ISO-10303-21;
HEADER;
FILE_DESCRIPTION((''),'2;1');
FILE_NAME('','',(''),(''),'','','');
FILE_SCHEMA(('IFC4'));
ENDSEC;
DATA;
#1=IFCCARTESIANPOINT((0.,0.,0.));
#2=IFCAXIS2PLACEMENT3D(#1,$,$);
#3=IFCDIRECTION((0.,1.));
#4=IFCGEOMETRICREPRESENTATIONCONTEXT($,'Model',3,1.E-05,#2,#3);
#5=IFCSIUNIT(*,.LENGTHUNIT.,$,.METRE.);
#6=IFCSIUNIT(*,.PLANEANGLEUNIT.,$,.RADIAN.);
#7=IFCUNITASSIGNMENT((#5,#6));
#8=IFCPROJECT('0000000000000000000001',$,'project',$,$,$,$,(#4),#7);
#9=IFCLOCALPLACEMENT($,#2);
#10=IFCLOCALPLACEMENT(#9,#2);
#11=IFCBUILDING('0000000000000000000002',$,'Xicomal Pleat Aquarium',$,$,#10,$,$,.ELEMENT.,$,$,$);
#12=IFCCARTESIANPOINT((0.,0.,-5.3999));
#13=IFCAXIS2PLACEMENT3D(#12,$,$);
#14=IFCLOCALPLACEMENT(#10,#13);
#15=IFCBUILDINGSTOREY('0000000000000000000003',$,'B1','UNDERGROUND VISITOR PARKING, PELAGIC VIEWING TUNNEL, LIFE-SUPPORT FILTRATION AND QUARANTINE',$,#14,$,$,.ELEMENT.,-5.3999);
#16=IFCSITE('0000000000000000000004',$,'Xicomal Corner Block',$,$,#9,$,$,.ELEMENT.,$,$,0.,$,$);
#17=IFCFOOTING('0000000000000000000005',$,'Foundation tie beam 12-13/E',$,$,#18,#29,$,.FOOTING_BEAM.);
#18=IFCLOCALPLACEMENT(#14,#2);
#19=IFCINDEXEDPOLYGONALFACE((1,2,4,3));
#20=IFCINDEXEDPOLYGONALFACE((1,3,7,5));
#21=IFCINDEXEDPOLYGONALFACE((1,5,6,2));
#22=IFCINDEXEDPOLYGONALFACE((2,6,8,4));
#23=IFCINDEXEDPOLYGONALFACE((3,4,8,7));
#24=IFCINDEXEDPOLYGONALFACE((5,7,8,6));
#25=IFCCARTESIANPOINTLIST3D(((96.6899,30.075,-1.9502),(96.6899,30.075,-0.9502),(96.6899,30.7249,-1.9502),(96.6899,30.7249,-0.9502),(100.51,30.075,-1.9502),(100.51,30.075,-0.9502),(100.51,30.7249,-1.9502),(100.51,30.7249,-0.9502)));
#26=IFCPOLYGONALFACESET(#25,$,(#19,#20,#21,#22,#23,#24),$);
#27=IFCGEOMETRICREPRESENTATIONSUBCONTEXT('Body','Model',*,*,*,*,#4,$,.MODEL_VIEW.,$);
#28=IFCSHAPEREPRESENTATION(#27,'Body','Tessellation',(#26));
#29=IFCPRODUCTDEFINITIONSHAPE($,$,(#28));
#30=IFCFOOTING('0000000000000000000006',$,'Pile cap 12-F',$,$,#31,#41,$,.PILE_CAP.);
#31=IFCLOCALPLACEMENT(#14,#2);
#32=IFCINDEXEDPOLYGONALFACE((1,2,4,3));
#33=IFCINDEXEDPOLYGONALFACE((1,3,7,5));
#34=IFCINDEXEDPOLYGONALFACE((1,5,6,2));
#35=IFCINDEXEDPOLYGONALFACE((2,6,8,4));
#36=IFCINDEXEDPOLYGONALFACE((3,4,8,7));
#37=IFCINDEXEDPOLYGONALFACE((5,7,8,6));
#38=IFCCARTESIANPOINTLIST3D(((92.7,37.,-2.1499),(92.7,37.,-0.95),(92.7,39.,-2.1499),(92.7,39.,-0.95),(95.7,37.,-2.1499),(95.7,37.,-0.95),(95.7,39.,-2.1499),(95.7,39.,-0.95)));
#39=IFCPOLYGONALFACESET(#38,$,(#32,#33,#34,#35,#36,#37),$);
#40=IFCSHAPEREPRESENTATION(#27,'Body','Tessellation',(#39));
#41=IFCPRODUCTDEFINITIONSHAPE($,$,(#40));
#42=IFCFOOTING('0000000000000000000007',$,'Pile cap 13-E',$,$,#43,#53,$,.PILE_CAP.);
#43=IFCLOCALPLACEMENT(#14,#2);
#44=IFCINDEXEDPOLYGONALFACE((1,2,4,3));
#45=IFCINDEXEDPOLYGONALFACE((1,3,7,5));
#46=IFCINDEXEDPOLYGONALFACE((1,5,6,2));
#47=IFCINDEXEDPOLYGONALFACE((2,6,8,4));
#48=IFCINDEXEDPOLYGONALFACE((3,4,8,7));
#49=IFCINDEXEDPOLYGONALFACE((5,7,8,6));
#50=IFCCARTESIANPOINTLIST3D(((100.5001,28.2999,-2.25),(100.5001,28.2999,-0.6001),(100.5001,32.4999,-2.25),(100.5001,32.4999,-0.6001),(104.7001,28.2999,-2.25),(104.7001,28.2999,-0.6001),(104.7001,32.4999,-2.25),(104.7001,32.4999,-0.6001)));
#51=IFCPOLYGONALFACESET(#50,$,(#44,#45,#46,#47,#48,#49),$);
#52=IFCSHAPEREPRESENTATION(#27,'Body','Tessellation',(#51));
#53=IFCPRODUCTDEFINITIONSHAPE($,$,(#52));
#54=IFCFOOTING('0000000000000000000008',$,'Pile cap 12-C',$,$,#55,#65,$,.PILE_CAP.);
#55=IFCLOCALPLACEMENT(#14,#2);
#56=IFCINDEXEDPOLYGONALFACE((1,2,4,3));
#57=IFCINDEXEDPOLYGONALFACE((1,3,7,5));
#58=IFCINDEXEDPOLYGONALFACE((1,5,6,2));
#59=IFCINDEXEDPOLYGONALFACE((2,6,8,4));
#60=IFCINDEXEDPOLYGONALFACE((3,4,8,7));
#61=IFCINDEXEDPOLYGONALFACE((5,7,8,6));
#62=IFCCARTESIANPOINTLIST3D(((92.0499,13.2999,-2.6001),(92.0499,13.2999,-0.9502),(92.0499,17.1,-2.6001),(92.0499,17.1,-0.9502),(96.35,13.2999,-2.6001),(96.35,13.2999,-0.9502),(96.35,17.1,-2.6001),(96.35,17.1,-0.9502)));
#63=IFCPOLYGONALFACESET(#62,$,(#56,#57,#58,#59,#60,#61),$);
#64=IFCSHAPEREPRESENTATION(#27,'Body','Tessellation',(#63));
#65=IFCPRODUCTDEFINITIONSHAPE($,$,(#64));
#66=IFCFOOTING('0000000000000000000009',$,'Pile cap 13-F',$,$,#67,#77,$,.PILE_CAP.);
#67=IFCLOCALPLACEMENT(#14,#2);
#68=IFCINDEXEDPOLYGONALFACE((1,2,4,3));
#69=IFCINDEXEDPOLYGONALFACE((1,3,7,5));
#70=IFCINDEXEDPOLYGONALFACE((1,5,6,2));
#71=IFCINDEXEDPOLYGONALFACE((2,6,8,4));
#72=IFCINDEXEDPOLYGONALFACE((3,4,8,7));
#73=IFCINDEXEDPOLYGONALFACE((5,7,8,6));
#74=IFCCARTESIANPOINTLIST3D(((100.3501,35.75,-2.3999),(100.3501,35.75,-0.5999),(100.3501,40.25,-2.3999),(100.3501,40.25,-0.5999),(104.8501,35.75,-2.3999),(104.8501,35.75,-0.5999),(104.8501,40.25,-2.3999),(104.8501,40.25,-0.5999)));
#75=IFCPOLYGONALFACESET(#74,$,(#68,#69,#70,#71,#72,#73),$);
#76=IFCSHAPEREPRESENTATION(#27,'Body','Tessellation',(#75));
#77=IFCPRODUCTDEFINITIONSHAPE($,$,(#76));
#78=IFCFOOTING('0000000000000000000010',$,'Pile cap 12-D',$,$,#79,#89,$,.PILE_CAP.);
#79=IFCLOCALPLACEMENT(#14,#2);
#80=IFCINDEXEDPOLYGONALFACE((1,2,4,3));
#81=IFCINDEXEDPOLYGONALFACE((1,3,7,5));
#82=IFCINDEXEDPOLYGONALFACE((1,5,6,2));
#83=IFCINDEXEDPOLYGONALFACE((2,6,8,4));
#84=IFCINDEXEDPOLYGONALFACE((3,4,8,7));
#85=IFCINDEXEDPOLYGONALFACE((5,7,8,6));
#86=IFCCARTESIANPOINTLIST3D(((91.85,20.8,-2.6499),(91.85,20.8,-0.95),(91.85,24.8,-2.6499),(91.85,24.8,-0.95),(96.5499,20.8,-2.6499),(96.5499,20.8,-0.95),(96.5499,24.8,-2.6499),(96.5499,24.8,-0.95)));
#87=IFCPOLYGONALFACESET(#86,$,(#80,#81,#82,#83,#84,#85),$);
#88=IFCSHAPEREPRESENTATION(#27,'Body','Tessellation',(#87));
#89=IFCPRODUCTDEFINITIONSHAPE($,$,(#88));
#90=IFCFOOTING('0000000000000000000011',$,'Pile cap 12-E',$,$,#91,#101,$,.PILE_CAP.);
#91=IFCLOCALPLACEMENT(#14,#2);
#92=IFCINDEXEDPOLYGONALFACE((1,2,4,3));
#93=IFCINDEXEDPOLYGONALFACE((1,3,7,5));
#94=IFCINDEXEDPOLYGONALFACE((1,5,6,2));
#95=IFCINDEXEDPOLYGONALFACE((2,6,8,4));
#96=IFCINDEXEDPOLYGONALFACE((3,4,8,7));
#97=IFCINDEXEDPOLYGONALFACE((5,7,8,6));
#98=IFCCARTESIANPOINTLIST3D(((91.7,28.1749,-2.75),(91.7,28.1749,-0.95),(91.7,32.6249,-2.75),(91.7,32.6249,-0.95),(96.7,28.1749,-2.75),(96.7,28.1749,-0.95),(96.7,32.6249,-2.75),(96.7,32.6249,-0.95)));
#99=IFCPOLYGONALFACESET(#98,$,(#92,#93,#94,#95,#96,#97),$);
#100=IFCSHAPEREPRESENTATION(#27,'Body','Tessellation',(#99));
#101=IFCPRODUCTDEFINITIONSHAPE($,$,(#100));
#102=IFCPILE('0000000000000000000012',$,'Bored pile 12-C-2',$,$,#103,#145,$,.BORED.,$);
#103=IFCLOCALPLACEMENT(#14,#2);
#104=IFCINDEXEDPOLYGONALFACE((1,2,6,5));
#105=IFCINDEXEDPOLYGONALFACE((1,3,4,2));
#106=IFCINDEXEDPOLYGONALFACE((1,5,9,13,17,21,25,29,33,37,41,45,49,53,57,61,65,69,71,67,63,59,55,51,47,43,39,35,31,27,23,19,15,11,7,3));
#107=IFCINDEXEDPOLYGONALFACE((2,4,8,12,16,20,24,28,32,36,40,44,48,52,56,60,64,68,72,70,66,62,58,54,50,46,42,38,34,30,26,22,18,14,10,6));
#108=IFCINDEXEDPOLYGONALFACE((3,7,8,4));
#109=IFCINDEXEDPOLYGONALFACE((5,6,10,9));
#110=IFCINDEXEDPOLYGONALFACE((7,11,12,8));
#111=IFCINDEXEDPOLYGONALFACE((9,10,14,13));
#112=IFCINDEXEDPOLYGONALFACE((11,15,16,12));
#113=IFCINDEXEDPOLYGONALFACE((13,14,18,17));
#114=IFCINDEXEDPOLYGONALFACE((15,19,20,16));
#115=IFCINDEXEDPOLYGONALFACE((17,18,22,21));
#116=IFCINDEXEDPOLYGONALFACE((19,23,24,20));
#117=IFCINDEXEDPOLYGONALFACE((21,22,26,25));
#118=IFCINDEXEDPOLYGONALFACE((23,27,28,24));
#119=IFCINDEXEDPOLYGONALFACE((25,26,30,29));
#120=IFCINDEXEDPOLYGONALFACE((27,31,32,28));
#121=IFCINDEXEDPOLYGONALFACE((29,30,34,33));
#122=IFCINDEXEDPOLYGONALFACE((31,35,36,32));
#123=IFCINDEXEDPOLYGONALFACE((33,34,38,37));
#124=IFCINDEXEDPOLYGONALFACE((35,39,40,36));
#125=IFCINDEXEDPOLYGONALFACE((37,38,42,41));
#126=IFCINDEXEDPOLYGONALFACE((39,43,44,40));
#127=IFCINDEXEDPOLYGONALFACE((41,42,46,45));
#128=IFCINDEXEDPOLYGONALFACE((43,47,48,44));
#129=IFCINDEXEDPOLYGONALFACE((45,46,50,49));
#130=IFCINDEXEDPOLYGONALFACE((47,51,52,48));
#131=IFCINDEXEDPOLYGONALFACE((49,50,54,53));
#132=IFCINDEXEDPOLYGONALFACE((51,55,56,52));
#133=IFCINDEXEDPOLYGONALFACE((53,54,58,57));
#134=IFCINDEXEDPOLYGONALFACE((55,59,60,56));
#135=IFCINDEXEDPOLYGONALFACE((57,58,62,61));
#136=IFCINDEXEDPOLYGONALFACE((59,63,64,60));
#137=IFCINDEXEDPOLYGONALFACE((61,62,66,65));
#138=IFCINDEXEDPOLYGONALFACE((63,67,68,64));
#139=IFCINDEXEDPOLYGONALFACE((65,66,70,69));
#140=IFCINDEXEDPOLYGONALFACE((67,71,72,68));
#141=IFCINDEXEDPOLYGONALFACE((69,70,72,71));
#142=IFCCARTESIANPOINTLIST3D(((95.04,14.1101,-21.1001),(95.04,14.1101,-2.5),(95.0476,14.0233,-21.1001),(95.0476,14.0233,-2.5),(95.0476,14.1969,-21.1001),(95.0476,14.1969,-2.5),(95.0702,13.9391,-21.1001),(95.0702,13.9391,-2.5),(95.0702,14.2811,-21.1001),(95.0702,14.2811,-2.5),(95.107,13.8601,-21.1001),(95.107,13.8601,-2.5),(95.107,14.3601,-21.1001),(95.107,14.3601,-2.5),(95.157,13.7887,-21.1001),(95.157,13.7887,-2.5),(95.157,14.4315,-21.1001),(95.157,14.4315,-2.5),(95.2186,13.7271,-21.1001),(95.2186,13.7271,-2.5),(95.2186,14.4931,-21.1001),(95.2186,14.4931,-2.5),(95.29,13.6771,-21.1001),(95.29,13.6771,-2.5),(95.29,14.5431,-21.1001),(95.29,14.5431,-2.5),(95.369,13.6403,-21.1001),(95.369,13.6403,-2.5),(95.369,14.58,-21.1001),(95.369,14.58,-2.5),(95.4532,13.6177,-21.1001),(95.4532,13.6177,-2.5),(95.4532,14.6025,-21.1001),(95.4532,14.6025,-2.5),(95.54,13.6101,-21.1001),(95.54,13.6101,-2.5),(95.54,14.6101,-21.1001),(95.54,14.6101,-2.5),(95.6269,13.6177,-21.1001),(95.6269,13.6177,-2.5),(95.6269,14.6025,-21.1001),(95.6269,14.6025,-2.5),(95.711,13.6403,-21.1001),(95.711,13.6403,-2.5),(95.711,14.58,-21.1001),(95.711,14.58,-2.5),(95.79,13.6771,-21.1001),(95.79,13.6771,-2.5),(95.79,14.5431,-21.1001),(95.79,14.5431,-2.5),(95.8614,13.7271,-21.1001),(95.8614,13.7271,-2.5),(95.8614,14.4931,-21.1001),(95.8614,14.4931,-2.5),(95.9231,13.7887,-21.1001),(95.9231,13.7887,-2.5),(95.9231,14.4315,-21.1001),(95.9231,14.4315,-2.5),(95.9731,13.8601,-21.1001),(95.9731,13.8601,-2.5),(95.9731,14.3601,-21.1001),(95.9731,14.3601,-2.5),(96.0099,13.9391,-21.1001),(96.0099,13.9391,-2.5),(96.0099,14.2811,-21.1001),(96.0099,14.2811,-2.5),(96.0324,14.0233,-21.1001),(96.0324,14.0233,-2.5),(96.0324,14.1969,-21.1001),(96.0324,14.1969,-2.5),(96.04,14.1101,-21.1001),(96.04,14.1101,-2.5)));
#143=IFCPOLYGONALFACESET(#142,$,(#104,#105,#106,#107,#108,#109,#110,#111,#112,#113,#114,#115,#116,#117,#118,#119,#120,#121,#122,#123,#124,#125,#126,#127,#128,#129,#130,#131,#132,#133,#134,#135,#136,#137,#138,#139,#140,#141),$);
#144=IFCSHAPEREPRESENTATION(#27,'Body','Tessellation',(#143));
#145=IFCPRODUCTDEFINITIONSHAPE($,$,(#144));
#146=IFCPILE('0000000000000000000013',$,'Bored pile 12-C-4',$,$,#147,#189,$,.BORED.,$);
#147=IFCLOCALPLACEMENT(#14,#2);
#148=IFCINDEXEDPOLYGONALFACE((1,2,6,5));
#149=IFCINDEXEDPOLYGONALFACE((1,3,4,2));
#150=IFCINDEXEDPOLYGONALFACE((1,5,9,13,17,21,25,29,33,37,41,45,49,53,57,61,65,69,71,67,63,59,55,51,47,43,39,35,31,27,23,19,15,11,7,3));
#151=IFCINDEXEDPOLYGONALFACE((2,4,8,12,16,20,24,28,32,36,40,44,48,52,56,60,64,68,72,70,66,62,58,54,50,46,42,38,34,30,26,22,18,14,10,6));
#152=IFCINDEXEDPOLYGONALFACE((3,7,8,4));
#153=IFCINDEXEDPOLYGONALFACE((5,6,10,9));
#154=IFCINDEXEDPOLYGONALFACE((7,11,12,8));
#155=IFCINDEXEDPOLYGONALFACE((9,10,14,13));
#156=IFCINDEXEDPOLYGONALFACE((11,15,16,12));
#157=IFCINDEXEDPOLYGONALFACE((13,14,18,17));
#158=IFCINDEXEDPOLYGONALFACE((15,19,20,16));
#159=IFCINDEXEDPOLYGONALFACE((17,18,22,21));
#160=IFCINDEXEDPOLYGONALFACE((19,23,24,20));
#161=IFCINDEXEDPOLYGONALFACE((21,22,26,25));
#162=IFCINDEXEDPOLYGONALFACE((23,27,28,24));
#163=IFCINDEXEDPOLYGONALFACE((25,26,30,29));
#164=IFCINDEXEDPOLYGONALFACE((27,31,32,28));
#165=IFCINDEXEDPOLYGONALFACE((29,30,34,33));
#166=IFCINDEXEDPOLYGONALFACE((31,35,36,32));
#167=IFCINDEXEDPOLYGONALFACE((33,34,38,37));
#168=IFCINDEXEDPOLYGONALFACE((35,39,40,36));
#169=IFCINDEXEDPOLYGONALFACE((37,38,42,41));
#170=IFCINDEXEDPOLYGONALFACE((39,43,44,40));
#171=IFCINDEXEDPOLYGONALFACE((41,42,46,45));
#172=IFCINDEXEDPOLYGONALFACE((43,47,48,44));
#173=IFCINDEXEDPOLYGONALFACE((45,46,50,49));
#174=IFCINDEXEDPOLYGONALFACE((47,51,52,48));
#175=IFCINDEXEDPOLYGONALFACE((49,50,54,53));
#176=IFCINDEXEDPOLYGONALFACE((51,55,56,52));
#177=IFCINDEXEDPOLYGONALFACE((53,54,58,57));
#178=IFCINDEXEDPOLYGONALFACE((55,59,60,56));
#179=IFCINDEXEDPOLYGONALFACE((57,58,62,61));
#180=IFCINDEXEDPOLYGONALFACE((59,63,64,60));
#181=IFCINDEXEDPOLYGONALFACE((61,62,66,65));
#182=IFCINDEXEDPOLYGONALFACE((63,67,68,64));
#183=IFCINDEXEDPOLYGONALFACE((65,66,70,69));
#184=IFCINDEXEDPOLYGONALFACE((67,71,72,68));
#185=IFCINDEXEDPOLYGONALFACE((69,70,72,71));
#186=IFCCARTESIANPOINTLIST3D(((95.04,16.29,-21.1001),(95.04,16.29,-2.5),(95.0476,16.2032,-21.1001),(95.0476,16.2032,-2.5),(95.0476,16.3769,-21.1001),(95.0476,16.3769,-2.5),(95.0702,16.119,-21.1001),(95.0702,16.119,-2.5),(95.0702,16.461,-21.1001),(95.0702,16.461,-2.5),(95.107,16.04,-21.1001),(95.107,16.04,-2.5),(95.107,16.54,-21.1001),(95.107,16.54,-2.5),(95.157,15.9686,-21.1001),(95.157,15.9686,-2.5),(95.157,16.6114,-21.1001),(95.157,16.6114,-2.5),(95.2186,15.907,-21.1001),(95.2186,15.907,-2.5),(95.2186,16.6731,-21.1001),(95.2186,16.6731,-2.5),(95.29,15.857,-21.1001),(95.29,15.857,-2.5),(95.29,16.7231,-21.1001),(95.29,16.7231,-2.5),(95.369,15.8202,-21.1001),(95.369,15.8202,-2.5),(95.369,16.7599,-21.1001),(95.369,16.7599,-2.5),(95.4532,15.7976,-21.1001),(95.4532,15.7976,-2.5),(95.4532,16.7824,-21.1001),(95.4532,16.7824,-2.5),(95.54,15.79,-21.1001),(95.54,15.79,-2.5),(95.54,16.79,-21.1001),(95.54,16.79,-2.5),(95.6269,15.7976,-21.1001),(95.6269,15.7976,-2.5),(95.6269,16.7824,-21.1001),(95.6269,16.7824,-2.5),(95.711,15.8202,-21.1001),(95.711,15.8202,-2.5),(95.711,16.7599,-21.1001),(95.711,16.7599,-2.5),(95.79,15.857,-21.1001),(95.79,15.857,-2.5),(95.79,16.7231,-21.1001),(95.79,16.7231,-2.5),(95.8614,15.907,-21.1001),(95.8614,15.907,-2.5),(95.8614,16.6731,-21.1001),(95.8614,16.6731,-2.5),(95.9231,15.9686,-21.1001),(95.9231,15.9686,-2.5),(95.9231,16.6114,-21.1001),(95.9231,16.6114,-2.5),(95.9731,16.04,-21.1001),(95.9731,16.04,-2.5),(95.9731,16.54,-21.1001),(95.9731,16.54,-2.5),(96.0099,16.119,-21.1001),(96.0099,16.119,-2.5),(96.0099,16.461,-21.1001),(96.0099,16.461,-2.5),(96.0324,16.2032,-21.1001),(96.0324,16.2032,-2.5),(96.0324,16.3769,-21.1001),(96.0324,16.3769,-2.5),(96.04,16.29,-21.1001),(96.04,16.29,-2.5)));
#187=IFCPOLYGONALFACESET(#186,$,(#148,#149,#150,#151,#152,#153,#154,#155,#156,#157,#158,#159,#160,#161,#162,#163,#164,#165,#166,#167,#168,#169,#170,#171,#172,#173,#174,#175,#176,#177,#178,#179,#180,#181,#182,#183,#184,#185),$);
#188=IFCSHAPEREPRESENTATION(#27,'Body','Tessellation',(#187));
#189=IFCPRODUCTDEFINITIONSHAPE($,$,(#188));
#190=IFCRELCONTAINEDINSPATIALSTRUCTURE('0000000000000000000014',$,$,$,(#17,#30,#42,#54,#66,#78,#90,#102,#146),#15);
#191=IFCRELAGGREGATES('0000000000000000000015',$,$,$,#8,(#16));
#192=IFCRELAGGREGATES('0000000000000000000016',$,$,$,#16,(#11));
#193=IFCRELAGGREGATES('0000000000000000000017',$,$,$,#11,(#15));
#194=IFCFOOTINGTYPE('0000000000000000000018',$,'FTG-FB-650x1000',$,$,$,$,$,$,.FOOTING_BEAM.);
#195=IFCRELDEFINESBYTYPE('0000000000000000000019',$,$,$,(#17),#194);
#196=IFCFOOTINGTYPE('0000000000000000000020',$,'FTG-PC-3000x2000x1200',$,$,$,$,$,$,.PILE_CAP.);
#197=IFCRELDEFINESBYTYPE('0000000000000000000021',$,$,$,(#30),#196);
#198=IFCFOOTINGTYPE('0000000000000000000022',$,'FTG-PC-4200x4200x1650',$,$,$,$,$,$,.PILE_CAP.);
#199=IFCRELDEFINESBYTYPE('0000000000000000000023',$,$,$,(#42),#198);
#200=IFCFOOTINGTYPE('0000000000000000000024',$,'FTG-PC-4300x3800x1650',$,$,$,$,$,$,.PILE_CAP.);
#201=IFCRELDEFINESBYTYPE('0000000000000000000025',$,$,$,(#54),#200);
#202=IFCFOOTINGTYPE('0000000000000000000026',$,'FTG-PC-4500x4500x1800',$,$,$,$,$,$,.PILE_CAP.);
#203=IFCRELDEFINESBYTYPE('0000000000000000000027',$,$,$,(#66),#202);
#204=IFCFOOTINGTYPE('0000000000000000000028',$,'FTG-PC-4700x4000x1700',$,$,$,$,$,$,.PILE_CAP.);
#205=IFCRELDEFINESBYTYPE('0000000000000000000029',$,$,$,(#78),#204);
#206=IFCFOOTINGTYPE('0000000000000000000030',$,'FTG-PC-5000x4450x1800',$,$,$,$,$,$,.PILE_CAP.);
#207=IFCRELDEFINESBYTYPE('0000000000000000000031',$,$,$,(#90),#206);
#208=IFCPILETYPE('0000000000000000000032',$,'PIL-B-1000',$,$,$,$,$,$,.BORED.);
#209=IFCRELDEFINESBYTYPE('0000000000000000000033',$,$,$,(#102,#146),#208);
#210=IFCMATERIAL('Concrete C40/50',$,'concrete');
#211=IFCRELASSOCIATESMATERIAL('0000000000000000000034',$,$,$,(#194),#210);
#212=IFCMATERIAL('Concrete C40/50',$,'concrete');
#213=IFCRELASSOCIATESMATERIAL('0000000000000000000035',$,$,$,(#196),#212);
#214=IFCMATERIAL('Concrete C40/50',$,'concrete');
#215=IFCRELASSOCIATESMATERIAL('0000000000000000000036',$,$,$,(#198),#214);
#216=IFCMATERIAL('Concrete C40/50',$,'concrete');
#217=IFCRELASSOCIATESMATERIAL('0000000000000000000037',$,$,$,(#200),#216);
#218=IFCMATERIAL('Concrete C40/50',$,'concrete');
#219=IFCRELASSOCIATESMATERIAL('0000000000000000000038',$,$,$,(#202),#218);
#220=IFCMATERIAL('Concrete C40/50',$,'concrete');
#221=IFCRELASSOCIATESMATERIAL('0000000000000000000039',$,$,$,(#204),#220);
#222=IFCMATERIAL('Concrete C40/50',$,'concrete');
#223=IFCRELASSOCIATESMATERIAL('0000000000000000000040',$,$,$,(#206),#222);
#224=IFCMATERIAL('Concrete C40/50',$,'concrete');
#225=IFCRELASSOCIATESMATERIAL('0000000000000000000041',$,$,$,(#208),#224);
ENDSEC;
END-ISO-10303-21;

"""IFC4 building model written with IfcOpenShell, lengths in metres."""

from ifc_helpers import new_model, si_unit, direction, frame, origin, origin_2d, place, context, subcontext, project, spatial, rectangle, circle, extrude, material, material_profile, profile_set, type_object, element, save


model = new_model("IFC4")

# Units and contexts
model_context = context("Model", 3, precision=1e-05, world=origin(), true_north=direction((0.0, 1.0)))
body_context = subcontext(model_context, "Body", "Model", "MODEL_VIEW")
ifc_project = project(units=[si_unit("LENGTHUNIT", "METRE"), si_unit("PLANEANGLEUNIT", "RADIAN")], contexts=[model_context])

# Site, building, storey
site_placement = place(None, origin())
site = spatial("IfcSite", under=ifc_project, at=site_placement, Name="Xicomal Corner Block", CompositionType="ELEMENT", RefElevation=0.0)
building_placement = place(site_placement, origin())
building = spatial("IfcBuilding", under=site, at=building_placement, Name="Xicomal Pleat Aquarium", CompositionType="ELEMENT")
storey_placement = place(building_placement, frame((0.0, 0.0, -5.3999)))
storey = spatial("IfcBuildingStorey", under=building, at=storey_placement, Name="B1", Description="UNDERGROUND VISITOR PARKING, PELAGIC VIEWING TUNNEL, LIFE-SUPPORT FILTRATION AND QUARANTINE", CompositionType="ELEMENT", Elevation=-5.3999)

# Footings
ifc_material_1 = material(Name="Concrete C40/50", Category="concrete")
ifc_material_profile_1 = material_profile(ifc_material_1, rectangle(XDim=0.6499, YDim=1.0, at=origin_2d()), Name="FB-03 650x1000")
ifc_profile_set_1 = profile_set([ifc_material_profile_1], Name="Concrete C40/50")
footing_type_1 = type_object("IfcFootingType", Name="FTG-FB-650x1000", PredefinedType="FOOTING_BEAM", material=ifc_profile_set_1)
footing_1_placement = place(storey_placement, frame((96.6899, 30.3999, -1.4502), z_axis=(1.0, 0.0, 0.0), x_axis=(0.0, 1.0, 0.0)))
element("IfcFooting", 1, at=footing_1_placement, inside=storey, type_object=footing_type_1, Name="Foundation tie beam 12-13/E", PredefinedType="FOOTING_BEAM", context=body_context, shape_type="SweptSolid", body=[
    extrude(rectangle(XDim=0.6499, YDim=1.0, at=origin_2d()), origin(), (0.0, 0.0, 1.0), 3.8201),
])
ifc_material_2 = material(Name="Concrete C40/50", Category="concrete")
footing_type_2 = type_object("IfcFootingType", Name="FTG-PC-3000x2000x1200", PredefinedType="PILE_CAP", material=ifc_material_2)
footing_2_placement = place(storey_placement, frame((94.2, 38.0, -2.1499), z_axis=(0.0, 0.0, 1.0), x_axis=(1.0, 0.0, 0.0)))
element("IfcFooting", 2, at=footing_2_placement, inside=storey, type_object=footing_type_2, Name="Pile cap 12-F", PredefinedType="PILE_CAP", context=body_context, shape_type="SweptSolid", body=[
    extrude(rectangle(XDim=3.0, YDim=2.0, at=origin_2d()), origin(), (0.0, 0.0, 1.0), 1.2),
])
ifc_material_3 = material(Name="Concrete C40/50", Category="concrete")
footing_type_3 = type_object("IfcFootingType", Name="FTG-PC-4200x4200x1650", PredefinedType="PILE_CAP", material=ifc_material_3)
footing_3_placement = place(storey_placement, frame((102.6001, 30.3999, -2.25), z_axis=(0.0, 0.0, 1.0), x_axis=(1.0, 0.0, 0.0)))
element("IfcFooting", 3, at=footing_3_placement, inside=storey, type_object=footing_type_3, Name="Pile cap 13-E", PredefinedType="PILE_CAP", context=body_context, shape_type="SweptSolid", body=[
    extrude(rectangle(XDim=4.2, YDim=4.2, at=origin_2d()), origin(), (0.0, 0.0, 1.0), 1.6499),
])
ifc_material_4 = material(Name="Concrete C40/50", Category="concrete")
footing_type_4 = type_object("IfcFootingType", Name="FTG-PC-4300x3800x1650", PredefinedType="PILE_CAP", material=ifc_material_4)
footing_4_placement = place(storey_placement, frame((94.2, 15.2, -2.6001), z_axis=(0.0, 0.0, 1.0), x_axis=(1.0, 0.0, 0.0)))
element("IfcFooting", 4, at=footing_4_placement, inside=storey, type_object=footing_type_4, Name="Pile cap 12-C", PredefinedType="PILE_CAP", context=body_context, shape_type="SweptSolid", body=[
    extrude(rectangle(XDim=4.3, YDim=3.8, at=origin_2d()), origin(), (0.0, 0.0, 1.0), 1.6499),
])
ifc_material_5 = material(Name="Concrete C40/50", Category="concrete")
footing_type_5 = type_object("IfcFootingType", Name="FTG-PC-4500x4500x1800", PredefinedType="PILE_CAP", material=ifc_material_5)
footing_5_placement = place(storey_placement, frame((102.6001, 38.0, -2.3999), z_axis=(0.0, 0.0, 1.0), x_axis=(1.0, 0.0, 0.0)))
element("IfcFooting", 5, at=footing_5_placement, inside=storey, type_object=footing_type_5, Name="Pile cap 13-F", PredefinedType="PILE_CAP", context=body_context, shape_type="SweptSolid", body=[
    extrude(rectangle(XDim=4.5, YDim=4.5, at=origin_2d()), origin(), (0.0, 0.0, 1.0), 1.8),
])
ifc_material_6 = material(Name="Concrete C40/50", Category="concrete")
footing_type_6 = type_object("IfcFootingType", Name="FTG-PC-4700x4000x1700", PredefinedType="PILE_CAP", material=ifc_material_6)
footing_6_placement = place(storey_placement, frame((94.2, 22.8, -2.6499), z_axis=(0.0, 0.0, 1.0), x_axis=(1.0, 0.0, 0.0)))
element("IfcFooting", 6, at=footing_6_placement, inside=storey, type_object=footing_type_6, Name="Pile cap 12-D", PredefinedType="PILE_CAP", context=body_context, shape_type="SweptSolid", body=[
    extrude(rectangle(XDim=4.7, YDim=4.0, at=origin_2d()), origin(), (0.0, 0.0, 1.0), 1.7),
])
ifc_material_7 = material(Name="Concrete C40/50", Category="concrete")
footing_type_7 = type_object("IfcFootingType", Name="FTG-PC-5000x4450x1800", PredefinedType="PILE_CAP", material=ifc_material_7)
footing_7_placement = place(storey_placement, frame((94.2, 30.3999, -2.75), z_axis=(0.0, 0.0, 1.0), x_axis=(1.0, 0.0, 0.0)))
element("IfcFooting", 7, at=footing_7_placement, inside=storey, type_object=footing_type_7, Name="Pile cap 12-E", PredefinedType="PILE_CAP", context=body_context, shape_type="SweptSolid", body=[
    extrude(rectangle(XDim=5.0, YDim=4.45, at=origin_2d()), origin(), (0.0, 0.0, 1.0), 1.8),
])

# Piles
ifc_material_8 = material(Name="Concrete C40/50", Category="concrete")
ifc_material_profile_2 = material_profile(ifc_material_8, circle(Radius=0.5, at=origin_2d()), Name="BORED PILE D1000")
ifc_profile_set_2 = profile_set([ifc_material_profile_2], Name="Concrete C40/50")
pile_type_1 = type_object("IfcPileType", Name="PIL-B-1000", PredefinedType="BORED", material=ifc_profile_set_2)
for number, where, z_axis, x_axis, name in (
    (8, (95.54, 14.1101, -2.5), (0.0, 0.0, -1.0), (1.0, 0.0, 0.0), "Bored pile 12-C-2"),
    (9, (95.54, 16.29, -2.5), (0.0, 0.0, -1.0), (1.0, 0.0, 0.0), "Bored pile 12-C-4"),
):
    element("IfcPile", number, at=place(storey_placement, frame(where, z_axis=z_axis, x_axis=x_axis)), inside=storey, type_object=pile_type_1, Name=name, PredefinedType="BORED", context=body_context, shape_type="SweptSolid", body=[
        extrude(circle(Radius=0.5, at=origin_2d()), origin(), (0.0, 0.0, 1.0), 18.6001),
    ])

save(model, "model.ifc")
